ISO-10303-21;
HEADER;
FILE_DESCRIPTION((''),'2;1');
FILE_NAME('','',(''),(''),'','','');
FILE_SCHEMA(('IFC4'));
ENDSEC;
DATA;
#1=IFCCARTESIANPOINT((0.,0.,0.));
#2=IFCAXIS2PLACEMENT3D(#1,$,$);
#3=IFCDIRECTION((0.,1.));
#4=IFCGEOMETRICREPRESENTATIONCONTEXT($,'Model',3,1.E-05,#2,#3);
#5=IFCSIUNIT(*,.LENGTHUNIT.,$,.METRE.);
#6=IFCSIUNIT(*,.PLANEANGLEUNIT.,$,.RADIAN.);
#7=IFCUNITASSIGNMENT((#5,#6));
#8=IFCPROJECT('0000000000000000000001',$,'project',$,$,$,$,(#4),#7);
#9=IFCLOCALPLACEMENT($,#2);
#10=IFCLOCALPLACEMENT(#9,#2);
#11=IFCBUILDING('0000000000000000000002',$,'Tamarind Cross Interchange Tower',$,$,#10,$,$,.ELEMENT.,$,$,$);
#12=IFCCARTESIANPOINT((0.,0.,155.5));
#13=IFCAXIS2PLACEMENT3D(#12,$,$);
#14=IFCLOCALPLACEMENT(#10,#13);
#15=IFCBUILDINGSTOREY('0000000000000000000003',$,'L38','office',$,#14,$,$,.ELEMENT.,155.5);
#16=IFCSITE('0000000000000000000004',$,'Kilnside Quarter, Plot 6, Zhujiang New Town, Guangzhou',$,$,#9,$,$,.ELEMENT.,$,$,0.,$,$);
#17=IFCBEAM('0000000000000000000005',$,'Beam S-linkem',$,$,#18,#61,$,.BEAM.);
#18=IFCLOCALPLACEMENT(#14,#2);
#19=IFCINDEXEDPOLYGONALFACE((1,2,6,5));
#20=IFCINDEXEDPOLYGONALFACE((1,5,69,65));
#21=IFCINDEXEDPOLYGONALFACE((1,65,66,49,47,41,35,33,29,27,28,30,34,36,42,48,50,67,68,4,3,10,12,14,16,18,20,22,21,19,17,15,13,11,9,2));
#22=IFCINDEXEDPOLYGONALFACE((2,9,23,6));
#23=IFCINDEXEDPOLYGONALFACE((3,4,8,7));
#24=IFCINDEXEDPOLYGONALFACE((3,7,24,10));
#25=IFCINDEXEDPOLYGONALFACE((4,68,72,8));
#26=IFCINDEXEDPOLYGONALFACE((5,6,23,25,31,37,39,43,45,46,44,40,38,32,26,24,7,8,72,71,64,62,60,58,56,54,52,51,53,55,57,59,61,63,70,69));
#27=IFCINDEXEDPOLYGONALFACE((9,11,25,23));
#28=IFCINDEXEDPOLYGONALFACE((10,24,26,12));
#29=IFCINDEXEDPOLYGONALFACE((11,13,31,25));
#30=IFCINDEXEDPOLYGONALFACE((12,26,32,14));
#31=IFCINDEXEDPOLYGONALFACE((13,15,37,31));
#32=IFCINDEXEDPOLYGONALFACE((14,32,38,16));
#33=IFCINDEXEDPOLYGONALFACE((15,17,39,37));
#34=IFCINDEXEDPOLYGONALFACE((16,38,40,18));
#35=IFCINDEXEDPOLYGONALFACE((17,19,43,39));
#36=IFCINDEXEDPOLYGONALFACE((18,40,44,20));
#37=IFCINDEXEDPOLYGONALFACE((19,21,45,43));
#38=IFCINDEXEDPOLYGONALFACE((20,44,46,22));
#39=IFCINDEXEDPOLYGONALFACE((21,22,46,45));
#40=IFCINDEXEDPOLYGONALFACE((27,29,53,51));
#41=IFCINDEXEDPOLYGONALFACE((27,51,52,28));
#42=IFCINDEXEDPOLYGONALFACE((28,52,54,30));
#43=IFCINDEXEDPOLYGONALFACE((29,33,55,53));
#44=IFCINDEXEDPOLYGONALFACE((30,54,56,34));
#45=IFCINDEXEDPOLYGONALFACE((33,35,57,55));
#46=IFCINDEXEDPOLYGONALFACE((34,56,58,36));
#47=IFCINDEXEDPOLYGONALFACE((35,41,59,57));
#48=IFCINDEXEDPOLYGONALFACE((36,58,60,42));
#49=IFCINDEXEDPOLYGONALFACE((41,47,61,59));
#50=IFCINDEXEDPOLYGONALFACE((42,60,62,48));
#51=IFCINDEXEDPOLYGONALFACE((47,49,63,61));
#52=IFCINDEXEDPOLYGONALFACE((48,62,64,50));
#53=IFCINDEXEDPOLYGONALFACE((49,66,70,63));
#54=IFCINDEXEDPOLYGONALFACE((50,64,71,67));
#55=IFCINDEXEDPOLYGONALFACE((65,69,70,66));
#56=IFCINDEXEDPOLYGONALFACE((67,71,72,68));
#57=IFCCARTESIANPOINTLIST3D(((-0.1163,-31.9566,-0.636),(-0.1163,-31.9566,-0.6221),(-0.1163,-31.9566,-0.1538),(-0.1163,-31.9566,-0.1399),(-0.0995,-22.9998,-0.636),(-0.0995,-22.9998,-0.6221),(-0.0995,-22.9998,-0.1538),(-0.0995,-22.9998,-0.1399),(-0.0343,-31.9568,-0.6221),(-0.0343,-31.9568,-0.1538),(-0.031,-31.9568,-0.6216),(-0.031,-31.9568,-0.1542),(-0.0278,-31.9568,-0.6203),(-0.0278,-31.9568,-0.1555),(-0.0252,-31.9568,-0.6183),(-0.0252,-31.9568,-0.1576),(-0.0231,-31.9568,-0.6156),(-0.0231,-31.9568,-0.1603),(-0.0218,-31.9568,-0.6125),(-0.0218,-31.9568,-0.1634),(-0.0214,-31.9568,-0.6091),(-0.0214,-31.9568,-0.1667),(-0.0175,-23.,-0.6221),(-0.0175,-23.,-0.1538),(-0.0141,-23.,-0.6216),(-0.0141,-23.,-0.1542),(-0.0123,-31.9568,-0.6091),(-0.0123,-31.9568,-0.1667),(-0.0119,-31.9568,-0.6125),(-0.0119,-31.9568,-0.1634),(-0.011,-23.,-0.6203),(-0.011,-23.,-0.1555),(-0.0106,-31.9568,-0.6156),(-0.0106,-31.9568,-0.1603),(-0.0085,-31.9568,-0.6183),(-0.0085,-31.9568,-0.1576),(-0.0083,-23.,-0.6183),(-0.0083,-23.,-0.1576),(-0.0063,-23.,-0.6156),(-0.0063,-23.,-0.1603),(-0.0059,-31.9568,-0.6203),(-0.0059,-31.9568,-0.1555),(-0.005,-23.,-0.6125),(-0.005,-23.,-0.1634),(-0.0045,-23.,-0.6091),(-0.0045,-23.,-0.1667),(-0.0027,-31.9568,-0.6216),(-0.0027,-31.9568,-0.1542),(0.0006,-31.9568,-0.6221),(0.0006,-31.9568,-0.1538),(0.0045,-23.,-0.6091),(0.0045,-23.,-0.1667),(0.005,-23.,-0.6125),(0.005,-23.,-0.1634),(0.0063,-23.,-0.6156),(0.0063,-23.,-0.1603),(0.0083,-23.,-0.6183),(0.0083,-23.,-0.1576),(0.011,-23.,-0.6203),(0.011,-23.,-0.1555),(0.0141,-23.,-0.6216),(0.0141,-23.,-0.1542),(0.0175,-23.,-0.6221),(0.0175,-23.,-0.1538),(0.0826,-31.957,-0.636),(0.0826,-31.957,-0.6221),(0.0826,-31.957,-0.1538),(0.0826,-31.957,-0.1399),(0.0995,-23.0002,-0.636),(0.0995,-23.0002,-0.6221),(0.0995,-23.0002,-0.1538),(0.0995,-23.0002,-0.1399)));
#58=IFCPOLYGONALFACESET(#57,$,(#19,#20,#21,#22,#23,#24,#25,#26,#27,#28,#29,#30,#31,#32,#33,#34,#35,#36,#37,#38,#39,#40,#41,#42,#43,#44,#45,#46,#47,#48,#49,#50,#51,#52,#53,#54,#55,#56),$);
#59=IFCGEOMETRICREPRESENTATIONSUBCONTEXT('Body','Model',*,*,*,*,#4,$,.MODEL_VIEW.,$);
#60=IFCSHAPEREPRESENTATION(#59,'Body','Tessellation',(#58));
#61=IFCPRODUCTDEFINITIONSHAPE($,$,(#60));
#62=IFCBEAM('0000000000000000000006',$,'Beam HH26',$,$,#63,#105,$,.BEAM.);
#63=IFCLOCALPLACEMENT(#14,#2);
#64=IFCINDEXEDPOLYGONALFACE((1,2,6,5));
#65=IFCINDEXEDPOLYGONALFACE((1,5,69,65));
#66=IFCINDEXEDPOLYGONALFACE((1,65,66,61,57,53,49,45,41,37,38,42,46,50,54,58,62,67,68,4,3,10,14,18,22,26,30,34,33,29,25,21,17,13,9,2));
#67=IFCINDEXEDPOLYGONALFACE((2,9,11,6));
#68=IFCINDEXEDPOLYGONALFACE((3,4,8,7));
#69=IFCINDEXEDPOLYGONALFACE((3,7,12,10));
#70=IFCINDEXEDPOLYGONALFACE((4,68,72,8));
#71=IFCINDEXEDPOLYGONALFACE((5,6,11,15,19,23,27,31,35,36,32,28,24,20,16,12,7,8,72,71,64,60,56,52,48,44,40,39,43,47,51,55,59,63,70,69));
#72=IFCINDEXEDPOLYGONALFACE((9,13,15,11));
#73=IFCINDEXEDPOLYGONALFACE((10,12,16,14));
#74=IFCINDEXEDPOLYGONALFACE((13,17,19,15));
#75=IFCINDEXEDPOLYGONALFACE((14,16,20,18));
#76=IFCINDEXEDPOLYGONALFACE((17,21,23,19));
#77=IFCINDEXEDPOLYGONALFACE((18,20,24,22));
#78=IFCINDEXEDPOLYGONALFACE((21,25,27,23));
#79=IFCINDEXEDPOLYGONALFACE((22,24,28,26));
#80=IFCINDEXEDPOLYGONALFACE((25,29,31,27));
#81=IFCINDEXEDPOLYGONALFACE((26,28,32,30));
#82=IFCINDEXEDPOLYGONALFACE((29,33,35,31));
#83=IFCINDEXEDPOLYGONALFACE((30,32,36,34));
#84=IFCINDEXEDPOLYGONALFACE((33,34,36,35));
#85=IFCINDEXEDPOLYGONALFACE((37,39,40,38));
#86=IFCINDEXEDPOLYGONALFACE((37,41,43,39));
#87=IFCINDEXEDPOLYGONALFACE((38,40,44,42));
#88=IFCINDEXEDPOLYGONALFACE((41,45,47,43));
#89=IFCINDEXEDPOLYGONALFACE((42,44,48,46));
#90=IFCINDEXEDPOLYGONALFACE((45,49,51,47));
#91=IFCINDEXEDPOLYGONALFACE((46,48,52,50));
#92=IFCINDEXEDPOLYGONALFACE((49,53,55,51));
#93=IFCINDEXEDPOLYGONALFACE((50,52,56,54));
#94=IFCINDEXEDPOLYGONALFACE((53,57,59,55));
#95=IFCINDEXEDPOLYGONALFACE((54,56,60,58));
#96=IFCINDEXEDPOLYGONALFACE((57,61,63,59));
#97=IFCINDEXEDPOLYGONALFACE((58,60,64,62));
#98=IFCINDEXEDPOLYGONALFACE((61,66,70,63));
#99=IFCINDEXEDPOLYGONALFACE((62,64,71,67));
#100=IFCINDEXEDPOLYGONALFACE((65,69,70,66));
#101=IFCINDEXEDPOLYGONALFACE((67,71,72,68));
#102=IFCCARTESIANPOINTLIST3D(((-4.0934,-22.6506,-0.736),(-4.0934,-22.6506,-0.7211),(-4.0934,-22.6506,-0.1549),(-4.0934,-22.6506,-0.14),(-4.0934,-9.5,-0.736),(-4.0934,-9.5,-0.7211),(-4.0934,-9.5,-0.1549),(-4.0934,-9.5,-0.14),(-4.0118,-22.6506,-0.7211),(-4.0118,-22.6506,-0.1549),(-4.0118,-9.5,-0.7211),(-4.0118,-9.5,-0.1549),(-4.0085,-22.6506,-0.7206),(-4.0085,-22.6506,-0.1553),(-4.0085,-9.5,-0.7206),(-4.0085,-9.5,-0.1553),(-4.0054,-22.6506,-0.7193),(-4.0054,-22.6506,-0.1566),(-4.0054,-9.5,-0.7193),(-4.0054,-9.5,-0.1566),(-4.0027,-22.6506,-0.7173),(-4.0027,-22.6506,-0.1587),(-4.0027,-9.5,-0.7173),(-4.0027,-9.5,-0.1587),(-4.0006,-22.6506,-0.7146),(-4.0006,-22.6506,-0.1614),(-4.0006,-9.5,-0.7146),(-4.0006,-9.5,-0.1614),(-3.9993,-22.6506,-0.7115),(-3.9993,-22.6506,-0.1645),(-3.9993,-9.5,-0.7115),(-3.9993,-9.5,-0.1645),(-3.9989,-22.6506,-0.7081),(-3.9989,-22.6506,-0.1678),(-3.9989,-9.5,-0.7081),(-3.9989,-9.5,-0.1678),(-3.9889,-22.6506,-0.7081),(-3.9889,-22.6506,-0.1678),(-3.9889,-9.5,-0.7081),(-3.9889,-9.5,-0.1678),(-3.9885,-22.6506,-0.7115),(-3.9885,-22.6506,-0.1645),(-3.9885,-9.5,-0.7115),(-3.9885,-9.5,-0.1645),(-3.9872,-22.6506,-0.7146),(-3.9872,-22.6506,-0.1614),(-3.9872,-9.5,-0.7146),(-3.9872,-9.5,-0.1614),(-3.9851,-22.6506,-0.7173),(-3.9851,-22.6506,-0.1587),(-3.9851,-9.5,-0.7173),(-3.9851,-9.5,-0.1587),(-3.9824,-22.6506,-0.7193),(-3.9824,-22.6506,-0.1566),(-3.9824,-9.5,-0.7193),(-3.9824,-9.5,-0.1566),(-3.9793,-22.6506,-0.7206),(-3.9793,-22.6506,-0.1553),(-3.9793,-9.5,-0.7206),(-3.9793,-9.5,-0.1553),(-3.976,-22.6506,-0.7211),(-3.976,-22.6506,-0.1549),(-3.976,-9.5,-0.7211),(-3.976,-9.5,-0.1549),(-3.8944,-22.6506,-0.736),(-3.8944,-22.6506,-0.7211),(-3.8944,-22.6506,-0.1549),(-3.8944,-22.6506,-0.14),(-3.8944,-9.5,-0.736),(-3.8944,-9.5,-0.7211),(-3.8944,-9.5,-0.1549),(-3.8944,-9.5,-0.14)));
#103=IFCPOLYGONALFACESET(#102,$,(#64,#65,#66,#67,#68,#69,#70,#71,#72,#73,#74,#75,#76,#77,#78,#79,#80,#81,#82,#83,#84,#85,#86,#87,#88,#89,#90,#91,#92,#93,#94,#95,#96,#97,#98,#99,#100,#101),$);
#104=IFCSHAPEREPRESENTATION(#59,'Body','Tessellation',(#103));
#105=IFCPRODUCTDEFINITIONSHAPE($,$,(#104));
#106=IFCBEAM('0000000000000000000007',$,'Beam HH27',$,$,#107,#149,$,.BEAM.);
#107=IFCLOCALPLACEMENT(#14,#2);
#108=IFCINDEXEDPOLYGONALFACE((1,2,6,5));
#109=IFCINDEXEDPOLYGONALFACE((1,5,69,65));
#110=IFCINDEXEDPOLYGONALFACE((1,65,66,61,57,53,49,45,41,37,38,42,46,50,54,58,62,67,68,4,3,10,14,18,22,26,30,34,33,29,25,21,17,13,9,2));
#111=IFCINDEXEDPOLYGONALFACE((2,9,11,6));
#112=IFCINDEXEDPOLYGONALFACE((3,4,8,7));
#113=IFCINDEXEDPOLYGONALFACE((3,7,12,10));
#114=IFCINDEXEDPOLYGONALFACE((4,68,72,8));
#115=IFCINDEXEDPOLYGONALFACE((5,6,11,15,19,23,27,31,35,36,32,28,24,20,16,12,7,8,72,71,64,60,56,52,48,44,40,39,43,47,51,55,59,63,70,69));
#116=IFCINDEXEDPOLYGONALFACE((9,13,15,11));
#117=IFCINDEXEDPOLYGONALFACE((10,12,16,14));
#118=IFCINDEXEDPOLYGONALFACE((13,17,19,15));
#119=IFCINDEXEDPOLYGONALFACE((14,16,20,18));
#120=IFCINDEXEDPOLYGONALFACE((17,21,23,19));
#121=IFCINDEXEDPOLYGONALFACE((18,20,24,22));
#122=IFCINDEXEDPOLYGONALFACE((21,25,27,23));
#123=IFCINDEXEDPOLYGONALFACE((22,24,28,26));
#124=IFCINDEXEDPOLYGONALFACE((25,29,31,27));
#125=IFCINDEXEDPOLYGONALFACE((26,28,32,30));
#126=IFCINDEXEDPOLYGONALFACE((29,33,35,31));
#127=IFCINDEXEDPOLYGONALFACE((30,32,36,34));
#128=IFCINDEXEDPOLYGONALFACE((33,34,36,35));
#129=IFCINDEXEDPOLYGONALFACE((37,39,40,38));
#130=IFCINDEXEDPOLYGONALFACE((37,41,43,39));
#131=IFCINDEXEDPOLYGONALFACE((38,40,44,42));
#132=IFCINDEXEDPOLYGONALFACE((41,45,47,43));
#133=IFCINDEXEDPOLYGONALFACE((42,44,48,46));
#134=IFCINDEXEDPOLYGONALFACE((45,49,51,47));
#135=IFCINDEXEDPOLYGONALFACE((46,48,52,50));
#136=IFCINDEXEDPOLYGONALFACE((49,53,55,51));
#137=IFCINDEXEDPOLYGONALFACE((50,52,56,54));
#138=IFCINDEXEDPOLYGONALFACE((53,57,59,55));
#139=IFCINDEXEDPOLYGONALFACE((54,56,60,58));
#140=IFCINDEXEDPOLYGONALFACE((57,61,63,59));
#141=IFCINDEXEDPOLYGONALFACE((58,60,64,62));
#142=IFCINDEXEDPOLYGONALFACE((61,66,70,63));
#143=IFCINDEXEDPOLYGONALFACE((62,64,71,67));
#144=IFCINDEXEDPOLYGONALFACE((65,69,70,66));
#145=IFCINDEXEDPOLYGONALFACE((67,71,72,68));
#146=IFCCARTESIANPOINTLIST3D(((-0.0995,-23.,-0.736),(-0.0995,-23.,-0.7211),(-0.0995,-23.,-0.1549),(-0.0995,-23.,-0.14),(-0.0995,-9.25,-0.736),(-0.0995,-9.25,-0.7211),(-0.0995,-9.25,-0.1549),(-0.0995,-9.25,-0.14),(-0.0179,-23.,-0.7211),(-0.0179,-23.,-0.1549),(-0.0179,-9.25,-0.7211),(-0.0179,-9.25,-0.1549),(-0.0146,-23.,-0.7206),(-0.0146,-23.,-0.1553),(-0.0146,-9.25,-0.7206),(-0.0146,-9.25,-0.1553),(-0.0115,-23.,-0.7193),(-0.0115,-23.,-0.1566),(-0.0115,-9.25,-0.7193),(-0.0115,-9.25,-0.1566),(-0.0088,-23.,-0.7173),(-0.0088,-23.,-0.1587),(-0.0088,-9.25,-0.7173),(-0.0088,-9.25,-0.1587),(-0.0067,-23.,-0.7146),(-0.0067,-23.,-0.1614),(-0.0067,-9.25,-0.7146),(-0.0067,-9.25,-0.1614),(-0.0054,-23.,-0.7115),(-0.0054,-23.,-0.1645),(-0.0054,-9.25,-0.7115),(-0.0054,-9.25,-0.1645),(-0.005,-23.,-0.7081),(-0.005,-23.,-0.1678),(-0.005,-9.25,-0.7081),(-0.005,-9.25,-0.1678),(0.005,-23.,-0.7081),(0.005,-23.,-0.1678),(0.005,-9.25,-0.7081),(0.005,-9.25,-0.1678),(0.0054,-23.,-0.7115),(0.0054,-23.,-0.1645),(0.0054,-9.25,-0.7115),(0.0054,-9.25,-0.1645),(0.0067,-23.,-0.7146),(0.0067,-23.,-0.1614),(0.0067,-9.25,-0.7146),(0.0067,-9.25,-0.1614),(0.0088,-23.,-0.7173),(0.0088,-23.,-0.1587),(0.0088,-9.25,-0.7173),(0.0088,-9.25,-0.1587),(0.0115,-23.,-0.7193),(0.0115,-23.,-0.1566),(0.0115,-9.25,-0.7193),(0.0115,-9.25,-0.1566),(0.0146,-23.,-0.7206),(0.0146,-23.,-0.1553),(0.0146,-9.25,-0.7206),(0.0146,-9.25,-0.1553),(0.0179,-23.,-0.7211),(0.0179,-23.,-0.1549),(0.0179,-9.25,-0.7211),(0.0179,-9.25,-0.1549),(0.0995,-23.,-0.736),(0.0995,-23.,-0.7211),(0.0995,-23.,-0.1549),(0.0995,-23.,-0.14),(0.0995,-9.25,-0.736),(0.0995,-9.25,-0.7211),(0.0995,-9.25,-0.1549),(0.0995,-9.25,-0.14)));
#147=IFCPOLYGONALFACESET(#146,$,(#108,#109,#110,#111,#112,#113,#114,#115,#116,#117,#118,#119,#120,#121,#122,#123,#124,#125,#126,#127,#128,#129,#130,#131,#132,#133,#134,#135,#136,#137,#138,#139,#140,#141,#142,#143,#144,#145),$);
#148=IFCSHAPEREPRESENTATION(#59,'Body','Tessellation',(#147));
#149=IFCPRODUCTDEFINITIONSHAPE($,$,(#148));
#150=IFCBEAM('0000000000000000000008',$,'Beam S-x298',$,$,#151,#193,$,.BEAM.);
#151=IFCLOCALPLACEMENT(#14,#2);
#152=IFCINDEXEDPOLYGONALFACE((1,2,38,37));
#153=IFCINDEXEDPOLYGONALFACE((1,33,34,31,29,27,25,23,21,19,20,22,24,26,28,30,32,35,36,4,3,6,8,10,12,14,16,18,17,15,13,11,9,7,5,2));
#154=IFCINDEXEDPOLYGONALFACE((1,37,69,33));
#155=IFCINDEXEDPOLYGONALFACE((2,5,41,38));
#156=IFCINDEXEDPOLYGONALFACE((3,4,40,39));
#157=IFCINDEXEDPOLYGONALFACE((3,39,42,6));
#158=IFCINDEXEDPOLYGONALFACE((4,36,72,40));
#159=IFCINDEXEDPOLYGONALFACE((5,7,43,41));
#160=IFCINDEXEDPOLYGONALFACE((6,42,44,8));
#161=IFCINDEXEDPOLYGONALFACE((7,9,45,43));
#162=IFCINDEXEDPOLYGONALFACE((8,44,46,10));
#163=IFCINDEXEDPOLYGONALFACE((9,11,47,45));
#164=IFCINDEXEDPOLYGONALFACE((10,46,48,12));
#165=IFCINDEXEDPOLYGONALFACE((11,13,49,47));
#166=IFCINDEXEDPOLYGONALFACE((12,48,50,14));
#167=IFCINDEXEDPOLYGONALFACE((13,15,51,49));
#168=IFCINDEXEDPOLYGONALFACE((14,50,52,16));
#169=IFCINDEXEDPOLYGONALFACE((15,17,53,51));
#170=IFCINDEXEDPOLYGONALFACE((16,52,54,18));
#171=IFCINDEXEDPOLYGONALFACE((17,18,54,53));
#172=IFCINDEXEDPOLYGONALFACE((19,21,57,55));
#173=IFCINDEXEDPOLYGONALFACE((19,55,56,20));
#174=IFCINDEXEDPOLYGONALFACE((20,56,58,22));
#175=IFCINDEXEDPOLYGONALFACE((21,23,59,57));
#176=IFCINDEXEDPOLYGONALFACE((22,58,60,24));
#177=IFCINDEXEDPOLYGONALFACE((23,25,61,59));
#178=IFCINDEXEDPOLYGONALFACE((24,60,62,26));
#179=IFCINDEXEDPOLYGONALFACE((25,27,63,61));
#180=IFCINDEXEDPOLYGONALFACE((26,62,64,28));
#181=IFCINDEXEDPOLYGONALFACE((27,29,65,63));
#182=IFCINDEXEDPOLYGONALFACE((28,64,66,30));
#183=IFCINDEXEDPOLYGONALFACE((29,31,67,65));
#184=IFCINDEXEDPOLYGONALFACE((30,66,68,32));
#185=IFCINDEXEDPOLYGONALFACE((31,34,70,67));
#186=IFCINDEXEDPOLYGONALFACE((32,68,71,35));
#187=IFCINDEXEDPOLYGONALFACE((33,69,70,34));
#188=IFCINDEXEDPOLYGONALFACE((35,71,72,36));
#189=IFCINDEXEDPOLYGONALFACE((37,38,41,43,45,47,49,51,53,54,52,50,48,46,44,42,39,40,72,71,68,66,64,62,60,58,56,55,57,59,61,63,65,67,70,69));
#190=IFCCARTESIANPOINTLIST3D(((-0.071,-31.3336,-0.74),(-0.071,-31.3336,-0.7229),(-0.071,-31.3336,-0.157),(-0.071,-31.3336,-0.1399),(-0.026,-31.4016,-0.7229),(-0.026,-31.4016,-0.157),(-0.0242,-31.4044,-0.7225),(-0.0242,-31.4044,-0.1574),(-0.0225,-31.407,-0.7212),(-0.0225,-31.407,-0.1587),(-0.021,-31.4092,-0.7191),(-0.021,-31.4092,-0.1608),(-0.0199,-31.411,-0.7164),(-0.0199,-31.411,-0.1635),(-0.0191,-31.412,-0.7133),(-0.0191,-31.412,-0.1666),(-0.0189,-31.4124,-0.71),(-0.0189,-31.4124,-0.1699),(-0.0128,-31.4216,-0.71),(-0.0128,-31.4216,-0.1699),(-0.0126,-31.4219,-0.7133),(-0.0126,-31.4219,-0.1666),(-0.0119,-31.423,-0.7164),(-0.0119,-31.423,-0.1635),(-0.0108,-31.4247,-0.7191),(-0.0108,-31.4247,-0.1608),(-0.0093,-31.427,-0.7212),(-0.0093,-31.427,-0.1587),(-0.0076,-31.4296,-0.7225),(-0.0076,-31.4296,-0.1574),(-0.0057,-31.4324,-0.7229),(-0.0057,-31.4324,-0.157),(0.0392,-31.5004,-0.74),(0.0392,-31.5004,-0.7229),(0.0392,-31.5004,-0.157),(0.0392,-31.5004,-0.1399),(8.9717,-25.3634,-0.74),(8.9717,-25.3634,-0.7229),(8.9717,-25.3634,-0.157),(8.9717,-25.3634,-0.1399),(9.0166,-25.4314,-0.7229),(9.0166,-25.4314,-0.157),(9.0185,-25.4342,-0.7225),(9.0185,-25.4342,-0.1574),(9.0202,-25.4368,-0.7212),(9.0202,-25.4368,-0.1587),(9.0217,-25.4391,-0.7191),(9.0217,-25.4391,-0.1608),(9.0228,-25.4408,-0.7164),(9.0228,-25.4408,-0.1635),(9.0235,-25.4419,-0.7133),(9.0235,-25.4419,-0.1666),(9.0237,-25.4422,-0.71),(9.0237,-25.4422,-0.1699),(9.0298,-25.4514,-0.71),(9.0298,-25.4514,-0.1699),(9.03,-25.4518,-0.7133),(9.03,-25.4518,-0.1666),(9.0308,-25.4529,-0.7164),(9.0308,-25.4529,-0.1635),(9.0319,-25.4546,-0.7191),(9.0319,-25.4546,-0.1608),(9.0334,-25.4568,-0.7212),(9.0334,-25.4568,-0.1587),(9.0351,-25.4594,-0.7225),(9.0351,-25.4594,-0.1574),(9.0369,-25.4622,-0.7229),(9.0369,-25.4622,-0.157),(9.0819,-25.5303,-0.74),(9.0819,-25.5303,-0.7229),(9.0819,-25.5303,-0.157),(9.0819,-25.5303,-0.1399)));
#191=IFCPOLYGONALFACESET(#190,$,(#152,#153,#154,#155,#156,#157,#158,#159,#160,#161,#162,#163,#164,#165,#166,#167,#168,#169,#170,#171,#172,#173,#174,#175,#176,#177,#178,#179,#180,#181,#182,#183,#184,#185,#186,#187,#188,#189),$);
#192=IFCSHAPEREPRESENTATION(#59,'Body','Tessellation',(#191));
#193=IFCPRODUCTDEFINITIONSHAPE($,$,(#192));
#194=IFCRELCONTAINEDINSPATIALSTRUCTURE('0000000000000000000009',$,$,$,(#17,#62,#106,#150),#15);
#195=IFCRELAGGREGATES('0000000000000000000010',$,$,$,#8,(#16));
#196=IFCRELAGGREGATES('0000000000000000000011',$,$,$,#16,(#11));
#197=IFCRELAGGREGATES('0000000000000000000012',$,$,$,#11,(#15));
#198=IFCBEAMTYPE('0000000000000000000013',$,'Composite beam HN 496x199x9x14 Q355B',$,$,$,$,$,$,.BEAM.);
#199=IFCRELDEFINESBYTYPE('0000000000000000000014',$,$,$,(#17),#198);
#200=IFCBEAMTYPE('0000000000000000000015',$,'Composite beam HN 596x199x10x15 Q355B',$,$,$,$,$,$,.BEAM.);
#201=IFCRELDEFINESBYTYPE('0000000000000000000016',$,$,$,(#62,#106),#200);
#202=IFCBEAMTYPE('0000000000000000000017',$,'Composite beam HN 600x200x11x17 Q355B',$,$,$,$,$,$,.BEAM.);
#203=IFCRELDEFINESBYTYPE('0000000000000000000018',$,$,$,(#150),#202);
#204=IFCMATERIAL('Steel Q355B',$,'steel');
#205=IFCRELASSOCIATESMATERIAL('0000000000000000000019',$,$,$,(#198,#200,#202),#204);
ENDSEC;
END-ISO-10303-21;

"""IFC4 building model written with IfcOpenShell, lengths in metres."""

from ifc_helpers import new_model, si_unit, direction, frame, origin, origin_2d, place, context, subcontext, project, spatial, i_section, extrude, material, material_profile, profile_set, type_object, element, save


model = new_model("IFC4")

# Units and contexts
model_context = context("Model", 3, precision=1e-05, world=origin(), true_north=direction((0.0, 1.0)))
body_context = subcontext(model_context, "Body", "Model", "MODEL_VIEW")
ifc_project = project(units=[si_unit("LENGTHUNIT", "METRE"), si_unit("PLANEANGLEUNIT", "RADIAN")], contexts=[model_context])

# Site, building, storey
site_placement = place(None, origin())
site = spatial("IfcSite", under=ifc_project, at=site_placement, Name="Kilnside Quarter, Plot 6, Zhujiang New Town, Guangzhou", CompositionType="ELEMENT", RefElevation=0.0)
building_placement = place(site_placement, origin())
building = spatial("IfcBuilding", under=site, at=building_placement, Name="Tamarind Cross Interchange Tower", CompositionType="ELEMENT")
storey_placement = place(building_placement, frame((0.0, 0.0, 155.5)))
storey = spatial("IfcBuildingStorey", under=building, at=storey_placement, Name="L38", Description="office", CompositionType="ELEMENT", Elevation=155.5)

# Beams
ifc_material_1 = material(Name="Steel Q355B", Category="steel")
ifc_material_profile_1 = material_profile(ifc_material_1, i_section(OverallWidth=0.199, OverallDepth=0.4961, WebThickness=0.009, FlangeThickness=0.0139, FilletRadius=0.0129, at=origin_2d()), Name="HN 496x199x9x14")
ifc_profile_set_1 = profile_set([ifc_material_profile_1], Name="Steel Q355B")
beam_type_1 = type_object("IfcBeamType", Name="Composite beam HN 496x199x9x14 Q355B", PredefinedType="BEAM", material=ifc_profile_set_1)
beam_1_placement = place(storey_placement, frame((-0.0168, -31.9568, -0.3879), z_axis=(0.001881, 0.999998, 0.0), x_axis=(-0.999998, 0.001881, 0.0)))
element("IfcBeam", 1, at=beam_1_placement, inside=storey, type_object=beam_type_1, Name="Beam S-linkem", PredefinedType="BEAM", context=body_context, shape_type="SweptSolid", body=[
    extrude(i_section(OverallWidth=0.199, OverallDepth=0.4961, WebThickness=0.009, FlangeThickness=0.0139, FilletRadius=0.0129, at=origin_2d()), origin(), (0.0, 0.0, 1.0), 8.9568),
])
ifc_material_profile_2 = material_profile(ifc_material_1, i_section(OverallWidth=0.199, OverallDepth=0.5959, WebThickness=0.01, FlangeThickness=0.0149, FilletRadius=0.0129, at=origin_2d()), Name="HN 596x199x10x15")
ifc_profile_set_2 = profile_set([ifc_material_profile_2], Name="Steel Q355B")
beam_type_2 = type_object("IfcBeamType", Name="Composite beam HN 596x199x10x15 Q355B", PredefinedType="BEAM", material=ifc_profile_set_2)
beam_2_placement = place(storey_placement, frame((-3.9939, -22.6506, -0.438), z_axis=(0.0, 1.0, 0.0), x_axis=(-1.0, 0.0, 0.0)))
element("IfcBeam", 2, at=beam_2_placement, inside=storey, type_object=beam_type_2, Name="Beam HH26", PredefinedType="BEAM", context=body_context, shape_type="SweptSolid", body=[
    extrude(i_section(OverallWidth=0.199, OverallDepth=0.5959, WebThickness=0.01, FlangeThickness=0.0149, FilletRadius=0.0129, at=origin_2d()), origin(), (0.0, 0.0, 1.0), 13.1506),
])
beam_3_placement = place(storey_placement, frame((0.0, -23.0, -0.438), z_axis=(0.0, 1.0, 0.0), x_axis=(-1.0, 0.0, 0.0)))
element("IfcBeam", 3, at=beam_3_placement, inside=storey, type_object=beam_type_2, Name="Beam HH27", PredefinedType="BEAM", context=body_context, shape_type="SweptSolid", body=[
    extrude(i_section(OverallWidth=0.199, OverallDepth=0.5959, WebThickness=0.01, FlangeThickness=0.0149, FilletRadius=0.0129, at=origin_2d()), origin(), (0.0, 0.0, 1.0), 13.75),
])
ifc_material_profile_3 = material_profile(ifc_material_1, i_section(OverallWidth=0.2, OverallDepth=0.6001, WebThickness=0.011, FlangeThickness=0.0171, FilletRadius=0.0129, at=origin_2d()), Name="HN 600x200x11x17")
ifc_profile_set_3 = profile_set([ifc_material_profile_3], Name="Steel Q355B")
beam_type_3 = type_object("IfcBeamType", Name="Composite beam HN 600x200x11x17 Q355B", PredefinedType="BEAM", material=ifc_profile_set_3)
beam_4_placement = place(storey_placement, frame((-0.0159, -31.417, -0.4399), z_axis=(0.834524, 0.550972, 0.0), x_axis=(-0.550972, 0.834524, 0.0)))
element("IfcBeam", 4, at=beam_4_placement, inside=storey, type_object=beam_type_3, Name="Beam S-x298", PredefinedType="BEAM", context=body_context, shape_type="SweptSolid", body=[
    extrude(i_section(OverallWidth=0.2, OverallDepth=0.6001, WebThickness=0.011, FlangeThickness=0.0171, FilletRadius=0.0129, at=origin_2d()), origin(), (0.0, 0.0, 1.0), 10.8357),
])

save(model, "model.ifc")
